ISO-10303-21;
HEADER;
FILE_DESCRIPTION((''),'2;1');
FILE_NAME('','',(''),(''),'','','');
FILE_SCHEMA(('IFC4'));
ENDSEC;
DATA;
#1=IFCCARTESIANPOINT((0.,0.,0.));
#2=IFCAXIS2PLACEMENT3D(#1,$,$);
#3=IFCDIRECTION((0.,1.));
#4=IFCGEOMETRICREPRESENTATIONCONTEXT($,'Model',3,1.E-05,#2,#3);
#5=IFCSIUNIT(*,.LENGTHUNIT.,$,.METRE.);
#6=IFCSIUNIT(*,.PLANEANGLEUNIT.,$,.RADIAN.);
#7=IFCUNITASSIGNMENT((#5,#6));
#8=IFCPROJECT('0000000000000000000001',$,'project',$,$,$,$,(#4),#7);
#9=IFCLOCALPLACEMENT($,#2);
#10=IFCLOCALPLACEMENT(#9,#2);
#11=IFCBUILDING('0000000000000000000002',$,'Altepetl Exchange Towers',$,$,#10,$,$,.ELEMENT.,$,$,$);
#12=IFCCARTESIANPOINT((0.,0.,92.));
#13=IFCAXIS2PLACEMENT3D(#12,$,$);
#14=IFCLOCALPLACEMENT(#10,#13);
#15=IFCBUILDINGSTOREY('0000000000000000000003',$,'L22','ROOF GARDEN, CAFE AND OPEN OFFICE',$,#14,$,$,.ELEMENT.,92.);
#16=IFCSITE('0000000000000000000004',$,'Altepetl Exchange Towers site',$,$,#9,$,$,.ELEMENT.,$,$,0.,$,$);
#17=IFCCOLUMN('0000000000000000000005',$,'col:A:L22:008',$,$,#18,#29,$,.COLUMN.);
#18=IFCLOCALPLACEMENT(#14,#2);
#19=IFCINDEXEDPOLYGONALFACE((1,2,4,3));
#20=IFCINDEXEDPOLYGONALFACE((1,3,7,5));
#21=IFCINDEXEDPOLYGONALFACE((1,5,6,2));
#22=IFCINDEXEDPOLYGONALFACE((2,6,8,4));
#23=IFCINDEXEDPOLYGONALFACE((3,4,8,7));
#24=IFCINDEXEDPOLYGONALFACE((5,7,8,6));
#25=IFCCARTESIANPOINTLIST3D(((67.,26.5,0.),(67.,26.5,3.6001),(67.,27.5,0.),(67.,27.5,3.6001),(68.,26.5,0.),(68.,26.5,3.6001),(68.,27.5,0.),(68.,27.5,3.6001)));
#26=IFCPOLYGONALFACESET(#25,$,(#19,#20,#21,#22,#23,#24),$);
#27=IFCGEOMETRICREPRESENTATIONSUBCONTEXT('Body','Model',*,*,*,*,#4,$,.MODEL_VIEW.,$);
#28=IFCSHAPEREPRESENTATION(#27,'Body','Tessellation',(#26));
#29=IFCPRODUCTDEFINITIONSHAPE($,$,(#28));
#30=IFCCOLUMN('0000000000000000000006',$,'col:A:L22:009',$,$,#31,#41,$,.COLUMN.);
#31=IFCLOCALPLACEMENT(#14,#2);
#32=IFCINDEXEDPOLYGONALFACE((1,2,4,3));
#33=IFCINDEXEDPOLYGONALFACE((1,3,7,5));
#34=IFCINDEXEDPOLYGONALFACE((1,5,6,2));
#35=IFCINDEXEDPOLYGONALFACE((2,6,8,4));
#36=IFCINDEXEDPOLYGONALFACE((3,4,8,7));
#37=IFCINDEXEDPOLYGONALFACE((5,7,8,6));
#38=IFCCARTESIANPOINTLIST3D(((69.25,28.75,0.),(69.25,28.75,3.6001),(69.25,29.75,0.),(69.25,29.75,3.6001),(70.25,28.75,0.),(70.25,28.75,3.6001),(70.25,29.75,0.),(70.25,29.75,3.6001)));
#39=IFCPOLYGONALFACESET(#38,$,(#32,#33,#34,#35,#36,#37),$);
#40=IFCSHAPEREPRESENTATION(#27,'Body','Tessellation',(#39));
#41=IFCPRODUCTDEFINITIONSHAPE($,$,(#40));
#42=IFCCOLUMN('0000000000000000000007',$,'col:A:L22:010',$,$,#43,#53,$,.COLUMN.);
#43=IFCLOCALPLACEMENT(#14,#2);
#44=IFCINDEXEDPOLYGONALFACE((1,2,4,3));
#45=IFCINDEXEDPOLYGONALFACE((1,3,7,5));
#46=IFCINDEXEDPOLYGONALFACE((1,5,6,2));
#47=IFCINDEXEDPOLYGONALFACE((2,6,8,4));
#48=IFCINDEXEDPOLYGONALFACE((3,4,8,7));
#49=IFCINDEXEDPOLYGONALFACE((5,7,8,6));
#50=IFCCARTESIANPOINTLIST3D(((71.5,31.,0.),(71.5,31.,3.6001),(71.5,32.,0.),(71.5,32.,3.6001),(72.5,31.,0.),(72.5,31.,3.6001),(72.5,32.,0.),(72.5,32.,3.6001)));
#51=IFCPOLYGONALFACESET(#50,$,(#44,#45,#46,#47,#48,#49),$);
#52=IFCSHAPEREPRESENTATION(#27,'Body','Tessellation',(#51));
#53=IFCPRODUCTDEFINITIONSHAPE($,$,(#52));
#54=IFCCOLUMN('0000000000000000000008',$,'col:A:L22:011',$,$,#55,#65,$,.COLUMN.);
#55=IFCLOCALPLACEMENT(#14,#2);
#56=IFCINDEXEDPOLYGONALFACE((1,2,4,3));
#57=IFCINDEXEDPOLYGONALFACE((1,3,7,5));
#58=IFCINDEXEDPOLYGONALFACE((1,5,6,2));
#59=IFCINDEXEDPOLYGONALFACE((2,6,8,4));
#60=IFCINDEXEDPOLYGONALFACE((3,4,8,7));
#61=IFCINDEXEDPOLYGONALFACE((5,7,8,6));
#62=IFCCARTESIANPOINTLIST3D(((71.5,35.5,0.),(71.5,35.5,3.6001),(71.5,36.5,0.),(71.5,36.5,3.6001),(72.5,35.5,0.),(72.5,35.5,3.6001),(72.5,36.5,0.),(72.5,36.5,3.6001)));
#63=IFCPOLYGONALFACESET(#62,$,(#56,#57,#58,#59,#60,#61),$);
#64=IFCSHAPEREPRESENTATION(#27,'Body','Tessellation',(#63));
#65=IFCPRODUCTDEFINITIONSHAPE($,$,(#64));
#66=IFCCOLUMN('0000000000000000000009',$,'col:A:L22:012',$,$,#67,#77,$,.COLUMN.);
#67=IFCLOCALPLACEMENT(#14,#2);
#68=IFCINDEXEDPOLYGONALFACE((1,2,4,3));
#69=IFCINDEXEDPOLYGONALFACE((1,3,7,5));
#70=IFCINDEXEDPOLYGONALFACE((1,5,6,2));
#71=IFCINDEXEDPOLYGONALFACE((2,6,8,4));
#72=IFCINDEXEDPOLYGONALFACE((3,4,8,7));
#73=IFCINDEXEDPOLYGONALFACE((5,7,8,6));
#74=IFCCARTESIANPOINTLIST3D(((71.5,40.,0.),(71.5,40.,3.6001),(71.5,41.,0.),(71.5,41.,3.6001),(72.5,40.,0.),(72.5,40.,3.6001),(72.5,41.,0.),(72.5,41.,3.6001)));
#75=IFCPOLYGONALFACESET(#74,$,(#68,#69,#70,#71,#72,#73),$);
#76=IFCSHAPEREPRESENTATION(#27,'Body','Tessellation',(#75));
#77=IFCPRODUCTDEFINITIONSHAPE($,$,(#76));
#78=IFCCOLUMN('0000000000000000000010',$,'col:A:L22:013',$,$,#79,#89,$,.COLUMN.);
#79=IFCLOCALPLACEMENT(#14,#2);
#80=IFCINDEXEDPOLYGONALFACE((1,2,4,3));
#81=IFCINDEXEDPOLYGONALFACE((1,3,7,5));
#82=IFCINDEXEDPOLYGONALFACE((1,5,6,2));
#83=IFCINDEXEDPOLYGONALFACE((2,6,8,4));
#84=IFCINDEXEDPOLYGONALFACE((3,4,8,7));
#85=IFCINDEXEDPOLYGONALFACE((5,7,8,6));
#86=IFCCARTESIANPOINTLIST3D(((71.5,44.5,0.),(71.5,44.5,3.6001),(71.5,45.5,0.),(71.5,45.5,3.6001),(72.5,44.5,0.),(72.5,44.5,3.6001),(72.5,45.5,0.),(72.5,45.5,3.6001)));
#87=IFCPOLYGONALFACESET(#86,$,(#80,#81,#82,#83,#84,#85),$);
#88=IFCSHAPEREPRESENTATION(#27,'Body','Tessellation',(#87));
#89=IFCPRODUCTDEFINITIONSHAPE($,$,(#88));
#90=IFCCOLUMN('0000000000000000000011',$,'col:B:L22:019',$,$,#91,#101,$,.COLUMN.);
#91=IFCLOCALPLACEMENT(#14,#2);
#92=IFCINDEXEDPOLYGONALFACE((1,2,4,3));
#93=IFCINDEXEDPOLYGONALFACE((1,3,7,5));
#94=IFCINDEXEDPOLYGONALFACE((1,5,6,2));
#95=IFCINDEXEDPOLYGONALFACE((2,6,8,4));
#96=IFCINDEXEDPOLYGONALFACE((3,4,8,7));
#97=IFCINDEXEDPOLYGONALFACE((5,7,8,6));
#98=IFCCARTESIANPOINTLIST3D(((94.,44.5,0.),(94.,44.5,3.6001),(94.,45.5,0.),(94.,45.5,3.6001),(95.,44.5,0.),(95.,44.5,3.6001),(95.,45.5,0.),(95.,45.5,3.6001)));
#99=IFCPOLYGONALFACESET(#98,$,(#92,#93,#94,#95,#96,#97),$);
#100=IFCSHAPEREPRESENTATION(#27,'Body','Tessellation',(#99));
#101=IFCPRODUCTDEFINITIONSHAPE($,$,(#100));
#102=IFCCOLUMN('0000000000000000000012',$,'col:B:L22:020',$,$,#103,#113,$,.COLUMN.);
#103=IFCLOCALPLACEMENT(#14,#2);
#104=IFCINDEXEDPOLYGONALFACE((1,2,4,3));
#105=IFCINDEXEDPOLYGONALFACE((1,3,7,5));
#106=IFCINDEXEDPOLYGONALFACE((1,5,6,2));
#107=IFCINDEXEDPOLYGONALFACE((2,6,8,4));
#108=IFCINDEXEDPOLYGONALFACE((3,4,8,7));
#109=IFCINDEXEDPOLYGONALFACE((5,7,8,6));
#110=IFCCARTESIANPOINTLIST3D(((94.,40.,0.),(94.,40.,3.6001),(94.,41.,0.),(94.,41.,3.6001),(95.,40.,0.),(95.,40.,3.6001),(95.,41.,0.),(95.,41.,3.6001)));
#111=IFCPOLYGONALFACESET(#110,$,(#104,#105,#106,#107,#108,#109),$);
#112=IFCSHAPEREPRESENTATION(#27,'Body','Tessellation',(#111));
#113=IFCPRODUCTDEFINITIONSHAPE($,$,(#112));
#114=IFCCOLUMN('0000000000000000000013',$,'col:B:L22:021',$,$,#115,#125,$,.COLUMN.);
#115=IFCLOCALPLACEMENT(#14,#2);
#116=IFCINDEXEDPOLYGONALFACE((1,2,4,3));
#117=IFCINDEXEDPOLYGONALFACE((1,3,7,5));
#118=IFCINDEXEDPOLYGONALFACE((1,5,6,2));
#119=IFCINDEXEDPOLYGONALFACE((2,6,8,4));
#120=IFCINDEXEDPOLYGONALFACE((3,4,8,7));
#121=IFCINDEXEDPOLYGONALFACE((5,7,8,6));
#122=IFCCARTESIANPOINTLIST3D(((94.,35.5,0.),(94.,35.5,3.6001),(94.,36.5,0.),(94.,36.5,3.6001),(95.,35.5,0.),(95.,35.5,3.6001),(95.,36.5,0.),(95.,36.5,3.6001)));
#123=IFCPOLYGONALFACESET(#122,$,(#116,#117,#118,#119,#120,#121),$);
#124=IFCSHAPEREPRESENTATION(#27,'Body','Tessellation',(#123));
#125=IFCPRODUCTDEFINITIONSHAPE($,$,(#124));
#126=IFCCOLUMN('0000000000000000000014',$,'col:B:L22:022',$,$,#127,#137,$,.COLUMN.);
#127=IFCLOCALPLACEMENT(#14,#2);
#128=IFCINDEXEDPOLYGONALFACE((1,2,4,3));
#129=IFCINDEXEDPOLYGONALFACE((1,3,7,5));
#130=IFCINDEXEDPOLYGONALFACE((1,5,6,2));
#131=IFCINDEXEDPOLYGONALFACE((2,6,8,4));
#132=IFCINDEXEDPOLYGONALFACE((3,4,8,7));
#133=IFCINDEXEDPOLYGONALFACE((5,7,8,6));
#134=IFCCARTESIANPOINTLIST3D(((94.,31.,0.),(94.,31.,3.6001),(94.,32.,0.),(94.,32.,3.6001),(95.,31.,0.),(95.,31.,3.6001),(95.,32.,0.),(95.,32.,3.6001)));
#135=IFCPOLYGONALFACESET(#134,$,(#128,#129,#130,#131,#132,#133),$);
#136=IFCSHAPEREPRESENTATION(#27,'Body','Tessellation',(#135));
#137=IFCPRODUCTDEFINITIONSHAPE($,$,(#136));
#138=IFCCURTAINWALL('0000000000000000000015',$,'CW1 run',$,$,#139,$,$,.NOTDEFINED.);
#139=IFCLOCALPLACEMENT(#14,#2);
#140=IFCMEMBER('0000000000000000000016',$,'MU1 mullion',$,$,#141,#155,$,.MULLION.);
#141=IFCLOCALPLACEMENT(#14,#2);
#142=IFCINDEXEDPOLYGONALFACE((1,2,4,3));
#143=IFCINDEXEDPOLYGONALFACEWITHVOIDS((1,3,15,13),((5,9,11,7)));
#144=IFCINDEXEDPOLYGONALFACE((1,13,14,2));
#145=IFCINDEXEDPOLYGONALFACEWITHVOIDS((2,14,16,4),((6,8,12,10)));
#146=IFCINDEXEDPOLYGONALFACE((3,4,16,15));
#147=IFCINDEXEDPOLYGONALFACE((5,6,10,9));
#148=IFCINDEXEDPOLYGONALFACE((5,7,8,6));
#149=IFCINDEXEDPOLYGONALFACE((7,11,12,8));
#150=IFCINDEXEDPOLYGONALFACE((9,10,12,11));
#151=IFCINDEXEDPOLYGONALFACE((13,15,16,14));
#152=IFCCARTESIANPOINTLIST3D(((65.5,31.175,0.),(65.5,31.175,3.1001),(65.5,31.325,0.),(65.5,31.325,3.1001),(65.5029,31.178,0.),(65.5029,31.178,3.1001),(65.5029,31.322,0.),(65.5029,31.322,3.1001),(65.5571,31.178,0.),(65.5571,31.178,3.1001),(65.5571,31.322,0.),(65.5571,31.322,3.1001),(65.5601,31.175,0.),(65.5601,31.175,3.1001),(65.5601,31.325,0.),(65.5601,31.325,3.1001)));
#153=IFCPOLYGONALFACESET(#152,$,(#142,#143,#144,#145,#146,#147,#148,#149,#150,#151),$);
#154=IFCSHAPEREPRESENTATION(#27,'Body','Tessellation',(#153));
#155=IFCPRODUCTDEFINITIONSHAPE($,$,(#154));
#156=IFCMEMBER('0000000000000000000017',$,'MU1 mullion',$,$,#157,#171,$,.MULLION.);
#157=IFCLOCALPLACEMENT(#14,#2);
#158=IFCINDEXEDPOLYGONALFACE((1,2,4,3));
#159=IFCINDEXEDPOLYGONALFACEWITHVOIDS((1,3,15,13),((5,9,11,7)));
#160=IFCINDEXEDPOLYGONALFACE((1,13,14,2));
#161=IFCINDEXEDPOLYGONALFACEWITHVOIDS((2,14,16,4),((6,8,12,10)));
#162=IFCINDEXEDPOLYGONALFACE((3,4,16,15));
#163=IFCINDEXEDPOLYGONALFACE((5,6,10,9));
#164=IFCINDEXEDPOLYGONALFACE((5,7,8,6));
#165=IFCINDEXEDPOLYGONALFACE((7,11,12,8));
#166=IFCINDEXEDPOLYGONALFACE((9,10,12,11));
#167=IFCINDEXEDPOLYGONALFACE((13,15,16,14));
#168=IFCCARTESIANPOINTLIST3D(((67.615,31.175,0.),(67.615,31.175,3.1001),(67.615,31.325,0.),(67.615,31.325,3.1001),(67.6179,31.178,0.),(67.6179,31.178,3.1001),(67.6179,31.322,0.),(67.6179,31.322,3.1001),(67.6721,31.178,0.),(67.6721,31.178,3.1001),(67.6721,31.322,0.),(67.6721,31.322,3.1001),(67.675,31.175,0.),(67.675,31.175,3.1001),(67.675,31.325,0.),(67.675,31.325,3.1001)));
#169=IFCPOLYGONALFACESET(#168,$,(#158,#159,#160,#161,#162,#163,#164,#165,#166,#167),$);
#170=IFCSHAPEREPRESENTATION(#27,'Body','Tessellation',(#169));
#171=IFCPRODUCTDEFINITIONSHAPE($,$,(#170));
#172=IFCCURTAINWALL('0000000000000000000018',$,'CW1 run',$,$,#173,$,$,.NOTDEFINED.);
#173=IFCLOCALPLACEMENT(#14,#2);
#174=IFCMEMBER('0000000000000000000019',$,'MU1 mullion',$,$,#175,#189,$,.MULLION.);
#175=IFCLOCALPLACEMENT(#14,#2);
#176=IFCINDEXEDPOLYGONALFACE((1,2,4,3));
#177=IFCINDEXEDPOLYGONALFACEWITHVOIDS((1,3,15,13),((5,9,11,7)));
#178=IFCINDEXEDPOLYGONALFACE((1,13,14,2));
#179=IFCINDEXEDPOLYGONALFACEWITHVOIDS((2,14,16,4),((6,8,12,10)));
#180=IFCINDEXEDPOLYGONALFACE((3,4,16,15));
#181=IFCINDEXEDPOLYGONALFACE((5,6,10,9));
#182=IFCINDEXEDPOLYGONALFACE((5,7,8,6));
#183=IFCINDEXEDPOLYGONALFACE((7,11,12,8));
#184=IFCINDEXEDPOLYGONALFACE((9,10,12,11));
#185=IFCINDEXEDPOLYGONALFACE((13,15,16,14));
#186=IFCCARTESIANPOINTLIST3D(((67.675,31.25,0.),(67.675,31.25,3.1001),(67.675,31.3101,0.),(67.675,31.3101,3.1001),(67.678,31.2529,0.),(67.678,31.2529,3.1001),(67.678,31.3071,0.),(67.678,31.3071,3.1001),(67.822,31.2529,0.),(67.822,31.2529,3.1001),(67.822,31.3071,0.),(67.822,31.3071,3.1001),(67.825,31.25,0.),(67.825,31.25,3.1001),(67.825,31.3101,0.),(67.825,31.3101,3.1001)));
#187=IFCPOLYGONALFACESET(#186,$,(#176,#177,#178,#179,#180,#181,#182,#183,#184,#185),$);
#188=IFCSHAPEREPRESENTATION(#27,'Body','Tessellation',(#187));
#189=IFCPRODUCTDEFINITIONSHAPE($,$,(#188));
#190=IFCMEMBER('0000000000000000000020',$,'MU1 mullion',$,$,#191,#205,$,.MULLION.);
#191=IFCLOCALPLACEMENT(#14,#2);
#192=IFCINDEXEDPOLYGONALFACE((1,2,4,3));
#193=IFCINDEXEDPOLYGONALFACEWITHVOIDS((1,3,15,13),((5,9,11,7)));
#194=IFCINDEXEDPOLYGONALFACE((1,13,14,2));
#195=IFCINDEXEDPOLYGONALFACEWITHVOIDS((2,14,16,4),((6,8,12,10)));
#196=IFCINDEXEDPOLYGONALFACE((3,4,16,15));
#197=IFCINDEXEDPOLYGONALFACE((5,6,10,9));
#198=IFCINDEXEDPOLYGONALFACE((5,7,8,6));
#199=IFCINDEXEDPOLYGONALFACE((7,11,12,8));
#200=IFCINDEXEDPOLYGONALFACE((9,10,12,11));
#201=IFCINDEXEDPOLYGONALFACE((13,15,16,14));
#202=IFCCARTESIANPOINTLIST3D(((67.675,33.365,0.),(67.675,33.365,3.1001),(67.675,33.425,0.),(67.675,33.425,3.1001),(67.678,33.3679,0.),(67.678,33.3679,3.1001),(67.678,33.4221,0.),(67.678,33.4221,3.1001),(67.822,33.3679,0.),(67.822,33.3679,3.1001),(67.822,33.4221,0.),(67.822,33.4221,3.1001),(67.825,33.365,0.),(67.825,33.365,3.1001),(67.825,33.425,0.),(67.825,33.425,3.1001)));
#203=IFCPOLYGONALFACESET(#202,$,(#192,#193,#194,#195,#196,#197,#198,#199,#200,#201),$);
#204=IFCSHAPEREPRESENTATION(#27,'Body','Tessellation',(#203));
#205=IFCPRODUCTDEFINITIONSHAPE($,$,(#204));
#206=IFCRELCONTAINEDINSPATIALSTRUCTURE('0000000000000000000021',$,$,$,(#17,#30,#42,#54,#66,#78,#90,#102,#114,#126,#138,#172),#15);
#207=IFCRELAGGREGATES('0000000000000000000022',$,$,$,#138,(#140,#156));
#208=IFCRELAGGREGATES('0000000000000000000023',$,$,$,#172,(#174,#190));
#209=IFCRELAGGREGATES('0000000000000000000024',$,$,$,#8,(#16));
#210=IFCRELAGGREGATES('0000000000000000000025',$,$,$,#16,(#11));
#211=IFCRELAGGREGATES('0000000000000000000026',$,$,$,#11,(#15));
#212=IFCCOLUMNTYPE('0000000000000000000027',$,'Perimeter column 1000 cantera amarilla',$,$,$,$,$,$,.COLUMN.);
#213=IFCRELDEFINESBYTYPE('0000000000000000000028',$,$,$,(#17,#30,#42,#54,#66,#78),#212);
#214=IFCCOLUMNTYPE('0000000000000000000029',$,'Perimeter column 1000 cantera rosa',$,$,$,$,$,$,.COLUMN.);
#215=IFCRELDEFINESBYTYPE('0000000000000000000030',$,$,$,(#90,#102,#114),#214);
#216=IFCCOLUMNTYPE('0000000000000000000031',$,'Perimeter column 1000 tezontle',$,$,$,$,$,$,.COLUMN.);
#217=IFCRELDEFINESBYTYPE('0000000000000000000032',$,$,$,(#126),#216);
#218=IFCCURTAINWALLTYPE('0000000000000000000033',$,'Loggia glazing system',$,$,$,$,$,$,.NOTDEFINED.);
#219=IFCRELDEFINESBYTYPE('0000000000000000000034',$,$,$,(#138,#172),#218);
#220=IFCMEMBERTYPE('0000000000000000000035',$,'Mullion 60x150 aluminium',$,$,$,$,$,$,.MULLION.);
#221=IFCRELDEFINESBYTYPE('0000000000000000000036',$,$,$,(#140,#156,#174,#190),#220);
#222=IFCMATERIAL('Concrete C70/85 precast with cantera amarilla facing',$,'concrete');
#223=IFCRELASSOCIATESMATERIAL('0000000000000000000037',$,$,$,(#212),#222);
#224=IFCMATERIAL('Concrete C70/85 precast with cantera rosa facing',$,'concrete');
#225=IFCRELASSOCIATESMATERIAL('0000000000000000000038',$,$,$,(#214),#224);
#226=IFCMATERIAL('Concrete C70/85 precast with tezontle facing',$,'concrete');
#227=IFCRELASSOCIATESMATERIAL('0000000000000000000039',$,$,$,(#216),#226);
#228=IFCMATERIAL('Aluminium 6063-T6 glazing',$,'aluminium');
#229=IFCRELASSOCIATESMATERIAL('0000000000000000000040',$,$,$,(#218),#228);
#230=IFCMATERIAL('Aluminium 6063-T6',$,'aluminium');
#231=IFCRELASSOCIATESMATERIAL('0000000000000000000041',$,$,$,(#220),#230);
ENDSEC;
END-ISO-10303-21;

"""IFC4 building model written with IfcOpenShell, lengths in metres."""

from ifc_helpers import new_model, si_unit, direction, frame, origin, origin_2d, place, context, subcontext, project, spatial, rectangle, hollow_rectangle, extrude, material, material_profile, profile_set, type_object, element, aggregate, save


model = new_model("IFC4")

# Units and contexts
model_context = context("Model", 3, precision=1e-05, world=origin(), true_north=direction((0.0, 1.0)))
body_context = subcontext(model_context, "Body", "Model", "MODEL_VIEW")
ifc_project = project(units=[si_unit("LENGTHUNIT", "METRE"), si_unit("PLANEANGLEUNIT", "RADIAN")], contexts=[model_context])

# Site, building, storey
site_placement = place(None, origin())
site = spatial("IfcSite", under=ifc_project, at=site_placement, Name="Altepetl Exchange Towers site", CompositionType="ELEMENT", RefElevation=0.0)
building_placement = place(site_placement, origin())
building = spatial("IfcBuilding", under=site, at=building_placement, Name="Altepetl Exchange Towers", CompositionType="ELEMENT")
storey_placement = place(building_placement, frame((0.0, 0.0, 92.0)))
storey = spatial("IfcBuildingStorey", under=building, at=storey_placement, Name="L22", Description="ROOF GARDEN, CAFE AND OPEN OFFICE", CompositionType="ELEMENT", Elevation=92.0)

# Columns
ifc_material_1 = material(Name="Concrete C70/85 precast with cantera amarilla facing", Category="concrete")
ifc_material_profile_1 = material_profile(ifc_material_1, rectangle(XDim=1.0, YDim=1.0, at=origin_2d()), Name="1000 x 1000")
ifc_profile_set_1 = profile_set([ifc_material_profile_1], Name="Concrete C70/85 precast with cantera amarilla facing")
column_type_1 = type_object("IfcColumnType", Name="Perimeter column 1000 cantera amarilla", PredefinedType="COLUMN", material=ifc_profile_set_1)
for number, where, name in (
    (1, (67.5, 27.0, 0.0), "col:A:L22:008"),
    (2, (69.75, 29.25, 0.0), "col:A:L22:009"),
    (3, (72.0, 31.5, 0.0), "col:A:L22:010"),
    (4, (72.0, 36.0, 0.0), "col:A:L22:011"),
    (5, (72.0, 40.5, 0.0), "col:A:L22:012"),
    (6, (72.0, 45.0, 0.0), "col:A:L22:013"),
):
    element("IfcColumn", number, at=place(storey_placement, frame(where)), inside=storey, type_object=column_type_1, Name=name, PredefinedType="COLUMN", context=body_context, shape_type="SweptSolid", body=[
        extrude(rectangle(XDim=1.0, YDim=1.0, at=origin_2d()), origin(), (0.0, 0.0, 1.0), 3.6001),
    ])
ifc_material_2 = material(Name="Concrete C70/85 precast with cantera rosa facing", Category="concrete")
ifc_material_profile_2 = material_profile(ifc_material_2, rectangle(XDim=1.0, YDim=1.0, at=origin_2d()), Name="1000 x 1000")
ifc_profile_set_2 = profile_set([ifc_material_profile_2], Name="Concrete C70/85 precast with cantera rosa facing")
column_type_2 = type_object("IfcColumnType", Name="Perimeter column 1000 cantera rosa", PredefinedType="COLUMN", material=ifc_profile_set_2)
for number, where, name in (
    (7, (94.5, 45.0, 0.0), "col:B:L22:019"),
    (8, (94.5, 40.5, 0.0), "col:B:L22:020"),
    (9, (94.5, 36.0, 0.0), "col:B:L22:021"),
):
    element("IfcColumn", number, at=place(storey_placement, frame(where)), inside=storey, type_object=column_type_2, Name=name, PredefinedType="COLUMN", context=body_context, shape_type="SweptSolid", body=[
        extrude(rectangle(XDim=1.0, YDim=1.0, at=origin_2d()), origin(), (0.0, 0.0, 1.0), 3.6001),
    ])
ifc_material_3 = material(Name="Concrete C70/85 precast with tezontle facing", Category="concrete")
ifc_material_profile_3 = material_profile(ifc_material_3, rectangle(XDim=1.0, YDim=1.0, at=origin_2d()), Name="1000 x 1000")
ifc_profile_set_3 = profile_set([ifc_material_profile_3], Name="Concrete C70/85 precast with tezontle facing")
column_type_3 = type_object("IfcColumnType", Name="Perimeter column 1000 tezontle", PredefinedType="COLUMN", material=ifc_profile_set_3)
column_placement = place(storey_placement, frame((94.5, 31.5, 0.0)))
element("IfcColumn", 10, at=column_placement, inside=storey, type_object=column_type_3, Name="col:B:L22:022", PredefinedType="COLUMN", context=body_context, shape_type="SweptSolid", body=[
    extrude(rectangle(XDim=1.0, YDim=1.0, at=origin_2d()), origin(), (0.0, 0.0, 1.0), 3.6001),
])

# Curtain walls, members
ifc_material_4 = material(Name="Aluminium 6063-T6 glazing", Category="aluminium")
curtain_wall_type = type_object("IfcCurtainWallType", Name="Loggia glazing system", PredefinedType="NOTDEFINED", material=ifc_material_4)
curtain_wall_1_placement = place(storey_placement, origin())
curtain_wall_1 = element("IfcCurtainWall", 11, at=curtain_wall_1_placement, inside=storey, type_object=curtain_wall_type, Name="CW1 run", PredefinedType="NOTDEFINED")
ifc_material_5 = material(Name="Aluminium 6063-T6", Category="aluminium")
ifc_material_profile_4 = material_profile(ifc_material_5, hollow_rectangle(XDim=0.0601, YDim=0.1499, WallThickness=0.0029, at=origin_2d()), Name="Mullion 60x150 aluminium")
ifc_profile_set_4 = profile_set([ifc_material_profile_4], Name="Aluminium 6063-T6")
member_type = type_object("IfcMemberType", Name="Mullion 60x150 aluminium", PredefinedType="MULLION", material=ifc_profile_set_4)
member_1_placement = place(storey_placement, frame((65.53, 31.25, 0.0)))
member_1 = element("IfcMember", 12, at=member_1_placement, type_object=member_type, Name="MU1 mullion", PredefinedType="MULLION", context=body_context, shape_type="SweptSolid", body=[
    extrude(hollow_rectangle(XDim=0.0601, YDim=0.1499, WallThickness=0.0029, at=origin_2d()), origin(), (0.0, 0.0, 1.0), 3.1001),
])
member_2_placement = place(storey_placement, frame((67.645, 31.25, 0.0)))
member_2 = element("IfcMember", 13, at=member_2_placement, type_object=member_type, Name="MU1 mullion", PredefinedType="MULLION", context=body_context, shape_type="SweptSolid", body=[
    extrude(hollow_rectangle(XDim=0.0601, YDim=0.1499, WallThickness=0.0029, at=origin_2d()), origin(), (0.0, 0.0, 1.0), 3.1001),
])
curtain_wall_2_placement = place(storey_placement, origin())
curtain_wall_2 = element("IfcCurtainWall", 14, at=curtain_wall_2_placement, inside=storey, type_object=curtain_wall_type, Name="CW1 run", PredefinedType="NOTDEFINED")
member_3_placement = place(storey_placement, frame((67.75, 31.28, 0.0), z_axis=(0.0, 0.0, 1.0), x_axis=(0.0, 1.0, 0.0)))
member_3 = element("IfcMember", 15, at=member_3_placement, type_object=member_type, Name="MU1 mullion", PredefinedType="MULLION", context=body_context, shape_type="SweptSolid", body=[
    extrude(hollow_rectangle(XDim=0.0601, YDim=0.1499, WallThickness=0.0029, at=origin_2d()), origin(), (0.0, 0.0, 1.0), 3.1001),
])
member_4_placement = place(storey_placement, frame((67.75, 33.395, 0.0), z_axis=(0.0, 0.0, 1.0), x_axis=(0.0, 1.0, 0.0)))
member_4 = element("IfcMember", 16, at=member_4_placement, type_object=member_type, Name="MU1 mullion", PredefinedType="MULLION", context=body_context, shape_type="SweptSolid", body=[
    extrude(hollow_rectangle(XDim=0.0601, YDim=0.1499, WallThickness=0.0029, at=origin_2d()), origin(), (0.0, 0.0, 1.0), 3.1001),
])

aggregate(curtain_wall_1, [member_1, member_2])
aggregate(curtain_wall_2, [member_3, member_4])

save(model, "model.ifc")
